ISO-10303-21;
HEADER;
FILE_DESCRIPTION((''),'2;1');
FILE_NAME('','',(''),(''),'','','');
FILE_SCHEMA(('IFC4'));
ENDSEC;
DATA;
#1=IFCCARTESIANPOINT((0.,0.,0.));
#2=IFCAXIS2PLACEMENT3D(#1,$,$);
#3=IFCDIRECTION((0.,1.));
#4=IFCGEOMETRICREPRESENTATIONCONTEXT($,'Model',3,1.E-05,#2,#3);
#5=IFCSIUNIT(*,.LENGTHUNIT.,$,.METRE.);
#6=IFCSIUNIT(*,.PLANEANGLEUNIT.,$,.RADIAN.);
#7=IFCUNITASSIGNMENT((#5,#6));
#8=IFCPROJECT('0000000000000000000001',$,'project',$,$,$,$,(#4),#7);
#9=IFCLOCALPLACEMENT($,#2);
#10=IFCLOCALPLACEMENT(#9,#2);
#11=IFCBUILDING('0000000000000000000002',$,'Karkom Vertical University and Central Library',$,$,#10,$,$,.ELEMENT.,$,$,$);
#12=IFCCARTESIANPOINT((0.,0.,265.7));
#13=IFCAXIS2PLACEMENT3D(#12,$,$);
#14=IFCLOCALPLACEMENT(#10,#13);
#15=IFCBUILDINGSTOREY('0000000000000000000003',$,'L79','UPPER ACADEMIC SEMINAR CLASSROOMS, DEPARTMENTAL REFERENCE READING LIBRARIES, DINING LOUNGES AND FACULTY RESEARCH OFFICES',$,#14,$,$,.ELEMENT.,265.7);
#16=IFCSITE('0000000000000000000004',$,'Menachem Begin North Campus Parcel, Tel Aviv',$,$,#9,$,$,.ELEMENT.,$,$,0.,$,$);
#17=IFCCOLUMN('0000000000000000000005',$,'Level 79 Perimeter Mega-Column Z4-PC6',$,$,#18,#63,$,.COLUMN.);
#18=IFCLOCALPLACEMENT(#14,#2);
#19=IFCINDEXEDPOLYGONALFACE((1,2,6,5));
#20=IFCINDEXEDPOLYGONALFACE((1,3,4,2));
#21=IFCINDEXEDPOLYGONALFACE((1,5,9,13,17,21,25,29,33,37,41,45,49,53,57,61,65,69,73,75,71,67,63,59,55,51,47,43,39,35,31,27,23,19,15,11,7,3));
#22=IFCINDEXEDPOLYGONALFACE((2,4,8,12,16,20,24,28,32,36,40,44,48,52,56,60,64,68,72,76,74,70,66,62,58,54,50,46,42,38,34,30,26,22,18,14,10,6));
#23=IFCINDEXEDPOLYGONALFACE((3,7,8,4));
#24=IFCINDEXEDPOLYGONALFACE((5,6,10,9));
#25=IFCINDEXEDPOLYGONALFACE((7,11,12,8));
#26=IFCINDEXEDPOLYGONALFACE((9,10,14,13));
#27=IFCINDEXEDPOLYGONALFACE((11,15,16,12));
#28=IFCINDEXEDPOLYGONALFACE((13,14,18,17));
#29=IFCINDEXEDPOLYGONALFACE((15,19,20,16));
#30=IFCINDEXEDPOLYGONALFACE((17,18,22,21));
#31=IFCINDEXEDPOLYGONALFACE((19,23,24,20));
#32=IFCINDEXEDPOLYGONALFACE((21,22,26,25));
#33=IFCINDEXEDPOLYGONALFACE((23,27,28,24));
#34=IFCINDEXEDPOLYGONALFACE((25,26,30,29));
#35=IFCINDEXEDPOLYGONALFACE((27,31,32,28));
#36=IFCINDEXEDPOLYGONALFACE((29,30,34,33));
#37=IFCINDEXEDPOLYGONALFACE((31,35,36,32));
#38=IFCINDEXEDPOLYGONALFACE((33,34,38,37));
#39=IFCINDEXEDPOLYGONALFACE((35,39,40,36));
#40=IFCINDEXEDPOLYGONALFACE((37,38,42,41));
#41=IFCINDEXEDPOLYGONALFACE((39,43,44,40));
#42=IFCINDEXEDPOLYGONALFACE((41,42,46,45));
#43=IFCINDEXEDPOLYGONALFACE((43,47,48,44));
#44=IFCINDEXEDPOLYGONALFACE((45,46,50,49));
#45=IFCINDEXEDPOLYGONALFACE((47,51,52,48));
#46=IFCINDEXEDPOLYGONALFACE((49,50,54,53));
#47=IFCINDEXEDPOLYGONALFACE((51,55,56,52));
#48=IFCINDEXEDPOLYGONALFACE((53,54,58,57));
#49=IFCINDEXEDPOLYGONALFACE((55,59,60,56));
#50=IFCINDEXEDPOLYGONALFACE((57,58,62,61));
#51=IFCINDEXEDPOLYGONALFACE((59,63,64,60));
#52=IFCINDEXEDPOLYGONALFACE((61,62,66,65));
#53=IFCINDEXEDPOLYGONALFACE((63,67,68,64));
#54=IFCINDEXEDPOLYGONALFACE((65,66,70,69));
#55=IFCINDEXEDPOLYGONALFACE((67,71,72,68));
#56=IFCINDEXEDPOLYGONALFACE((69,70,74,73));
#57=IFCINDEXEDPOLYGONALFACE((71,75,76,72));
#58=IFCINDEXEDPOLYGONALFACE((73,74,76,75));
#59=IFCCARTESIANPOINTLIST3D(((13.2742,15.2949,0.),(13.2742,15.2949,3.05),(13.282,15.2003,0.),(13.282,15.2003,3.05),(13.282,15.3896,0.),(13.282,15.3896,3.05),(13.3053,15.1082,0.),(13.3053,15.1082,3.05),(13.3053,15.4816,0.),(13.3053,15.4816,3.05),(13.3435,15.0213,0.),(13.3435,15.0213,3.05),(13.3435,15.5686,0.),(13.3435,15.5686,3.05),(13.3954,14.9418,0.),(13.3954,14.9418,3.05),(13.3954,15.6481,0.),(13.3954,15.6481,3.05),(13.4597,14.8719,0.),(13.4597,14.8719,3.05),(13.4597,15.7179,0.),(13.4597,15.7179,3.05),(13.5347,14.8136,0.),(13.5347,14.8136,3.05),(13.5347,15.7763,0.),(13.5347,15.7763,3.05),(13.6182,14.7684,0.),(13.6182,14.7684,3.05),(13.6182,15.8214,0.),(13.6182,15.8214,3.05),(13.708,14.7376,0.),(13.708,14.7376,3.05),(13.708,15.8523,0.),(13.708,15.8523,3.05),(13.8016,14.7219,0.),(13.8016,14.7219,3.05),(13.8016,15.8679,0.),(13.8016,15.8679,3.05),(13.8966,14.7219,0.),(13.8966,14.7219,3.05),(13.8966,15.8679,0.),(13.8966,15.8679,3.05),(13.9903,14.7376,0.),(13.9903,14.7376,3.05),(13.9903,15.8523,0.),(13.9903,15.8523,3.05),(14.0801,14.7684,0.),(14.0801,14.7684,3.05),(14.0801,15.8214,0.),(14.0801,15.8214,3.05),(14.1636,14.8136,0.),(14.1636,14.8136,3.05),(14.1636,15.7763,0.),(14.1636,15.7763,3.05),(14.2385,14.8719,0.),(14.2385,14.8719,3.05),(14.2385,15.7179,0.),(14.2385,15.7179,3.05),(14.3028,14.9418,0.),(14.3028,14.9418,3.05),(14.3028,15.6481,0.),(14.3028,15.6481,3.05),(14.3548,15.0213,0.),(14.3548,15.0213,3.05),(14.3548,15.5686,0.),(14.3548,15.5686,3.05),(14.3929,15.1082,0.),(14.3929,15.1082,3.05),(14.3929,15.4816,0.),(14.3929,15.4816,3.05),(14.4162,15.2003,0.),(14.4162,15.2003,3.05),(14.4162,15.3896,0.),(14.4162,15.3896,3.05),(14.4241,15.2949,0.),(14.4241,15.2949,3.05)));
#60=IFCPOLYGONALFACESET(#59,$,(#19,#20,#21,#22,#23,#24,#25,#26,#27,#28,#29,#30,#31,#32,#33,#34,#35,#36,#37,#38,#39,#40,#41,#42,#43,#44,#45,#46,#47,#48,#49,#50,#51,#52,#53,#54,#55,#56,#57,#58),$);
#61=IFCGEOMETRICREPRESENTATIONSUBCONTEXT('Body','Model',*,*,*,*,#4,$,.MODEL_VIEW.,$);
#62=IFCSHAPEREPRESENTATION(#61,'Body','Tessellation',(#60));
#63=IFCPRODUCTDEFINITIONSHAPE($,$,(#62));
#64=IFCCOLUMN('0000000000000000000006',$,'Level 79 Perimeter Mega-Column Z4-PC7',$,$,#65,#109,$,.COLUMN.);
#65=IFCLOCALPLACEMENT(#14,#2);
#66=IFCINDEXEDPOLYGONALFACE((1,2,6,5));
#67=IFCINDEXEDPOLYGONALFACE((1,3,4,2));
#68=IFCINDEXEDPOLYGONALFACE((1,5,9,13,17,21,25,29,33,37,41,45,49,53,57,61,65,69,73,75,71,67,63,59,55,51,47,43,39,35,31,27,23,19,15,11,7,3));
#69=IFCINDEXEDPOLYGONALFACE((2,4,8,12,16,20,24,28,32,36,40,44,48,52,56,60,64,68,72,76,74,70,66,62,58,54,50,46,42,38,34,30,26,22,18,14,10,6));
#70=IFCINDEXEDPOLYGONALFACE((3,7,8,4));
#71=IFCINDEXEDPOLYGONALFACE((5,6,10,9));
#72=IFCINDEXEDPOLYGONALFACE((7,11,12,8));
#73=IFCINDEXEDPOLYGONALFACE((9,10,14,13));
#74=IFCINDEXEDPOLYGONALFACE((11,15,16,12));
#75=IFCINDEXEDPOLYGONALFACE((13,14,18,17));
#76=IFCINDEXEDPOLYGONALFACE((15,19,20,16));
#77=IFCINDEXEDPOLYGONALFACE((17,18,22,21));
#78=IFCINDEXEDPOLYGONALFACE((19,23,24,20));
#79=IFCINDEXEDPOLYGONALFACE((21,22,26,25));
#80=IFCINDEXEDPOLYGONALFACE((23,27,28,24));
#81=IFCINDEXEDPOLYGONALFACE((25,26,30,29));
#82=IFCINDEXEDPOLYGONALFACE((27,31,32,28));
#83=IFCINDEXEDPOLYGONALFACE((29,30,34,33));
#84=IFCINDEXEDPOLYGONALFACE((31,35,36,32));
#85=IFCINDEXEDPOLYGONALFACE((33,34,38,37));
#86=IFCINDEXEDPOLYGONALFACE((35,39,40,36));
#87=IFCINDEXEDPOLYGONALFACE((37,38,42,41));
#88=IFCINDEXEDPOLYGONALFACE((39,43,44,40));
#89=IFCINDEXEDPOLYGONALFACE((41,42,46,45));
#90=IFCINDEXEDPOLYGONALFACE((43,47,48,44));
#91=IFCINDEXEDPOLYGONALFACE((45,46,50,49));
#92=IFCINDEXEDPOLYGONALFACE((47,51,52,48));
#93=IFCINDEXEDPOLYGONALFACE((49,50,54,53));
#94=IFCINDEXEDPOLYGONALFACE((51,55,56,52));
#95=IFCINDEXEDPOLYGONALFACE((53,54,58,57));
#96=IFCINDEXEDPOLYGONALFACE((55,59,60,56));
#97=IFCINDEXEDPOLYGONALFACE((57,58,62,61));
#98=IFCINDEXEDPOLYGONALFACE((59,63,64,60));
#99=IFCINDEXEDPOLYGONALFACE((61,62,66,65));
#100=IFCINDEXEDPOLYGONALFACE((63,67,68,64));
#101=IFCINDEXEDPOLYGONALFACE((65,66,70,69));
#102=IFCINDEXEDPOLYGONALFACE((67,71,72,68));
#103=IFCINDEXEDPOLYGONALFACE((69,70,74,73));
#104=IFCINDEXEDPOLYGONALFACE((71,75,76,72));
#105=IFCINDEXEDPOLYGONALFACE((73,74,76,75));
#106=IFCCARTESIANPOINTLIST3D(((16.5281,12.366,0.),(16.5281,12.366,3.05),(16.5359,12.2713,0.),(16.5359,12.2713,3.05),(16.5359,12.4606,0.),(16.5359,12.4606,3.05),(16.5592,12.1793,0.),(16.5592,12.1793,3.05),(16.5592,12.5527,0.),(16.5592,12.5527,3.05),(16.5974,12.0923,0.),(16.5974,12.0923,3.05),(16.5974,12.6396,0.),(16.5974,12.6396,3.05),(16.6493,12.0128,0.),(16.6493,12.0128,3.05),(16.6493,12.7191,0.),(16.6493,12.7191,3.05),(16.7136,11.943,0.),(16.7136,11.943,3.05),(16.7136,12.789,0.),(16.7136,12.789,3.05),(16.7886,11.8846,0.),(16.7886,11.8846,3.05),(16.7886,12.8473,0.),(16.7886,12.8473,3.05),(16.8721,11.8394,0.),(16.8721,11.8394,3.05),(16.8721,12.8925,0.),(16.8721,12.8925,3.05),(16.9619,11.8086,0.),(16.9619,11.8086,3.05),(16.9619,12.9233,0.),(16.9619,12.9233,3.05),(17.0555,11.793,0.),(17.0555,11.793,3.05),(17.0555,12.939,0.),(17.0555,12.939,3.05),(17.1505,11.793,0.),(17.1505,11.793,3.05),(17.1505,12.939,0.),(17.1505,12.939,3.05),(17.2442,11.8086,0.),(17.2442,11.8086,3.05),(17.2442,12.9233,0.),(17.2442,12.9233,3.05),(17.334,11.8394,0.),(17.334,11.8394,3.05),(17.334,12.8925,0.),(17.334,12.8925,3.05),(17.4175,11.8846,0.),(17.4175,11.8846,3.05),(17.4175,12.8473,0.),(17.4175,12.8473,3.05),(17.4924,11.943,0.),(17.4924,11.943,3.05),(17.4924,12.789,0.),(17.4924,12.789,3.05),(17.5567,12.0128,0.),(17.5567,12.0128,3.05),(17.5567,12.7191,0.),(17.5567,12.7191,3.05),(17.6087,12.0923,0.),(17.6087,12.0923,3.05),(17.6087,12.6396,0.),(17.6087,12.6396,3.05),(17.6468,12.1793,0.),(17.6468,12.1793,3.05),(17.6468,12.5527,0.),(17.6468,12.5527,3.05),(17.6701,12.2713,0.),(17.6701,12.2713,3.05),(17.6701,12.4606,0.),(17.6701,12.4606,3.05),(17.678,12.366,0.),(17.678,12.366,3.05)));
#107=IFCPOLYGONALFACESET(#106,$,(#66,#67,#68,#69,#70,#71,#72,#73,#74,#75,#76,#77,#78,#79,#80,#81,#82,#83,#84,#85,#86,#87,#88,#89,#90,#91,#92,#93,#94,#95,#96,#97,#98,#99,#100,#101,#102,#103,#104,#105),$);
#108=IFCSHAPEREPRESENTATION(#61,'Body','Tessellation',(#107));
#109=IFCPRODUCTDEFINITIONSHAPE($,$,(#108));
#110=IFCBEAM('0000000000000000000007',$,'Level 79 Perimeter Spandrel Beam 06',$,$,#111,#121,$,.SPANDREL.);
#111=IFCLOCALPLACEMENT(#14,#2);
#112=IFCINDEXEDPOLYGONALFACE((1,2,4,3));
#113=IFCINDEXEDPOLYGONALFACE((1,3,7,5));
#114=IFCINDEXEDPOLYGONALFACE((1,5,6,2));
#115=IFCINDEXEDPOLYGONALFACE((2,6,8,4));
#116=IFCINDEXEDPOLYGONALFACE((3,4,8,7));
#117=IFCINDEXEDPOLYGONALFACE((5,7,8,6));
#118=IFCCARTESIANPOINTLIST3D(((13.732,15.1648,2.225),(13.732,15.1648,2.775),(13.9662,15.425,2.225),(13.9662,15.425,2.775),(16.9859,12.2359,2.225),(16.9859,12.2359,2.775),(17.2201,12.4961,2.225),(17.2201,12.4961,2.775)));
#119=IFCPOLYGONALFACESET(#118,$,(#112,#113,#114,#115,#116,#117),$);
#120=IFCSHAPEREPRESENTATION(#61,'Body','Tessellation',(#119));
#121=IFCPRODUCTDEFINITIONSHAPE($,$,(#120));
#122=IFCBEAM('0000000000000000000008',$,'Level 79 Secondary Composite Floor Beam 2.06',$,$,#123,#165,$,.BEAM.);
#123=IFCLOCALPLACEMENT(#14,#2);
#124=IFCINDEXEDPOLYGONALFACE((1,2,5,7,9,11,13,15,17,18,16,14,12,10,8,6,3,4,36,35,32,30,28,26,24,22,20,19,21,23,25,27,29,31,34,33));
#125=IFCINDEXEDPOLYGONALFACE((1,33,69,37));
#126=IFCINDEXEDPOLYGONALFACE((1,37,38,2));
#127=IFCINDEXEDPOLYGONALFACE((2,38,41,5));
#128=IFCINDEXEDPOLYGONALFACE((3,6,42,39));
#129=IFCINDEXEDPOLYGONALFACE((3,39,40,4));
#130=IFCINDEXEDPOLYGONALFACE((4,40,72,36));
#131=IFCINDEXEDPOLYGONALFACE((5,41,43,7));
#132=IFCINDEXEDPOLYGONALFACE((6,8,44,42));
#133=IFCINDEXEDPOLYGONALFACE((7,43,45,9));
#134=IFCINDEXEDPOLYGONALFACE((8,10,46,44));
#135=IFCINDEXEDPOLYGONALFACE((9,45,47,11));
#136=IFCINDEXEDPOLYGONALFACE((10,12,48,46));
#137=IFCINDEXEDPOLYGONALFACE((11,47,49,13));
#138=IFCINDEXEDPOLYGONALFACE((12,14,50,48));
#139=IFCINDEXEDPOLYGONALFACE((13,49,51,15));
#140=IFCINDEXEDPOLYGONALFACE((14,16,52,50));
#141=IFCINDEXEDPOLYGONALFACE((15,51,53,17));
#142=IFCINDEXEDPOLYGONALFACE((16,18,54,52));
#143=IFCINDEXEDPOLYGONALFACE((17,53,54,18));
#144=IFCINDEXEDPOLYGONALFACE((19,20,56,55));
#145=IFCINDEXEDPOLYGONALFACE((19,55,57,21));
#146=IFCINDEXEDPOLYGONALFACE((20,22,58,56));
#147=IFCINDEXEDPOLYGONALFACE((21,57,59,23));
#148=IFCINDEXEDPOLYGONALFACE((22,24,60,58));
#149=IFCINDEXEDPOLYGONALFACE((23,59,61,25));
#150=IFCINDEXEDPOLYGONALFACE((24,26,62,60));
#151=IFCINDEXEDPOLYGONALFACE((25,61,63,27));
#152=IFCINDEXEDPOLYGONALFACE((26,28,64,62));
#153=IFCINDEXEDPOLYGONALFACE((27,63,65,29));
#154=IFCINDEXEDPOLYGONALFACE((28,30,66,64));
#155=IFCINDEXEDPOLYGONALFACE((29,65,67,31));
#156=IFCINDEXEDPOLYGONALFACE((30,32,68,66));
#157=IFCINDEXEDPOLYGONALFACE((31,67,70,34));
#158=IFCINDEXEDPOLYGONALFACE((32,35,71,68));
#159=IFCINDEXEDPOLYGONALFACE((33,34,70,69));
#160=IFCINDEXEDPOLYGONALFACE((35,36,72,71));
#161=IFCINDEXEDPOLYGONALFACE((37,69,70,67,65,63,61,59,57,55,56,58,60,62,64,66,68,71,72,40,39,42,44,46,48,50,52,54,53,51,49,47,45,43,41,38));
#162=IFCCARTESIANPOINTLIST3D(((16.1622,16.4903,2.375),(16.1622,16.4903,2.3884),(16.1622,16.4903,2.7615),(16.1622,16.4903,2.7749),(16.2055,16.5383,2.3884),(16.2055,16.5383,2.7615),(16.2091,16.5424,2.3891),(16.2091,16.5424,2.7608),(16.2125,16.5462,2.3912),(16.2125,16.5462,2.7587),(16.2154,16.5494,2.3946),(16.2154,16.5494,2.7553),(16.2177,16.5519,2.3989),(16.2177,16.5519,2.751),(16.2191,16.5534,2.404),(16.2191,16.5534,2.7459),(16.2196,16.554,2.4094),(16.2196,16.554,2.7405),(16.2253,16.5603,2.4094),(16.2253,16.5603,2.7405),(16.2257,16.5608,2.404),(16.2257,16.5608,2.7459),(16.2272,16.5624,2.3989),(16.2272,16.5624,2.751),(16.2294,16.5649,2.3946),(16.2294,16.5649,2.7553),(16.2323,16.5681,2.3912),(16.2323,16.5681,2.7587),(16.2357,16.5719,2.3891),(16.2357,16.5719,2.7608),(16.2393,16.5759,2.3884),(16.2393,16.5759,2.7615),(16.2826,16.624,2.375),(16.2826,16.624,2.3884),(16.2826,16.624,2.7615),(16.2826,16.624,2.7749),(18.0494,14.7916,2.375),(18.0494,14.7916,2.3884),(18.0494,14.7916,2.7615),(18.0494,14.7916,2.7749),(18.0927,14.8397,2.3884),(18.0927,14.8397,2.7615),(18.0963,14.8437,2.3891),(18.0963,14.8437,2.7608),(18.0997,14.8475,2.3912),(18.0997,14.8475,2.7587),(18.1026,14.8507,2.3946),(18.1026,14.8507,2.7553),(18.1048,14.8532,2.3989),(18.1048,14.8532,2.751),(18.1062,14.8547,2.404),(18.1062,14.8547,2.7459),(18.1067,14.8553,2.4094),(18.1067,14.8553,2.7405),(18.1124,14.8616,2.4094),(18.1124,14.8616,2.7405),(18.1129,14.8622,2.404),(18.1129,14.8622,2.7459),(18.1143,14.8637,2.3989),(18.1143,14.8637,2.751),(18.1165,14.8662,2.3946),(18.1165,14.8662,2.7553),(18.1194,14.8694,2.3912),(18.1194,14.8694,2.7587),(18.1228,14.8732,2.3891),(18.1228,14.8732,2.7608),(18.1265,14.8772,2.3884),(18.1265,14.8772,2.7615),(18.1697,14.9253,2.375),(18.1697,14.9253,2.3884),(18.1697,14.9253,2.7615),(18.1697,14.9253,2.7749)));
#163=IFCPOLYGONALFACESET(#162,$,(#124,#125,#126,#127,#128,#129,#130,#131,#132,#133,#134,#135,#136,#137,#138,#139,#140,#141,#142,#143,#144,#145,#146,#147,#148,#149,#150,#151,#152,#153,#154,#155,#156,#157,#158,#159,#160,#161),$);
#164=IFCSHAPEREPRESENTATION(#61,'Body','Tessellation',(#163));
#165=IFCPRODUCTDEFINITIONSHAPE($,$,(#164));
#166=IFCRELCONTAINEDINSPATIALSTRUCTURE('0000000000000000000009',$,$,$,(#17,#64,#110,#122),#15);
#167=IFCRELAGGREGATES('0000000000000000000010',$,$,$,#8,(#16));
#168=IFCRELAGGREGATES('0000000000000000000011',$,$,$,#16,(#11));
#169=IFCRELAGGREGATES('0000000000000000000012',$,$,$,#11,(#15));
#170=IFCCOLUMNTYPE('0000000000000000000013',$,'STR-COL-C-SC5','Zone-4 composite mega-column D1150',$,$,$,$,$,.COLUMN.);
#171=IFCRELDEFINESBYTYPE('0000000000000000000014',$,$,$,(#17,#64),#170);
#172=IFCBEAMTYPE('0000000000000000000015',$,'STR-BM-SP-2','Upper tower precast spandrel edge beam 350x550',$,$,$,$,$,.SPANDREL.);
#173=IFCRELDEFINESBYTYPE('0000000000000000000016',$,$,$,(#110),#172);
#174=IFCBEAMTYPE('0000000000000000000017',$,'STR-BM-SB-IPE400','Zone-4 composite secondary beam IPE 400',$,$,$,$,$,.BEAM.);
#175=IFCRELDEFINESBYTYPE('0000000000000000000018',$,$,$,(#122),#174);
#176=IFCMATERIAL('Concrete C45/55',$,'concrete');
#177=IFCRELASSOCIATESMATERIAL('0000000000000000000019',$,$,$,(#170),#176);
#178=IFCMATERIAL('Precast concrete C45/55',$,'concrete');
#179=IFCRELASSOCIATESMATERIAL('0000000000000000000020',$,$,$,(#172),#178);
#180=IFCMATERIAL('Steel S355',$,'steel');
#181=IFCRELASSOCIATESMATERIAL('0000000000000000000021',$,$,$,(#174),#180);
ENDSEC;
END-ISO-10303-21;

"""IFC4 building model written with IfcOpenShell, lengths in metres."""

from ifc_helpers import new_model, si_unit, direction, frame, origin, origin_with_axes, origin_2d, place, context, subcontext, project, spatial, rectangle, circle, i_section, extrude, source, transform, mapped, material, material_profile, profile_set, type_object, element, save


model = new_model("IFC4")

# Units and contexts
model_context = context("Model", 3, precision=1e-05, world=origin(), true_north=direction((0.0, 1.0)))
body_context = subcontext(model_context, "Body", "Model", "MODEL_VIEW")
ifc_project = project(units=[si_unit("LENGTHUNIT", "METRE"), si_unit("PLANEANGLEUNIT", "RADIAN")], contexts=[model_context])

# Site, building, storey
site_placement = place(None, origin())
site = spatial("IfcSite", under=ifc_project, at=site_placement, Name="Menachem Begin North Campus Parcel, Tel Aviv", CompositionType="ELEMENT", RefElevation=0.0)
building_placement = place(site_placement, origin())
building = spatial("IfcBuilding", under=site, at=building_placement, Name="Karkom Vertical University and Central Library", CompositionType="ELEMENT")
storey_placement = place(building_placement, frame((0.0, 0.0, 265.7)))
storey = spatial("IfcBuildingStorey", under=building, at=storey_placement, Name="L79", Description="UPPER ACADEMIC SEMINAR CLASSROOMS, DEPARTMENTAL REFERENCE READING LIBRARIES, DINING LOUNGES AND FACULTY RESEARCH OFFICES", CompositionType="ELEMENT", Elevation=265.7)

# Columns
ifc_material_1 = material(Name="Concrete C45/55", Category="concrete")
ifc_material_profile_1 = material_profile(ifc_material_1, circle(Radius=0.575, at=origin_2d()), Name="CFT-D1150")
ifc_profile_set_1 = profile_set([ifc_material_profile_1], Name="Concrete C45/55")
column_type = type_object("IfcColumnType", Name="STR-COL-C-SC5", Description="Zone-4 composite mega-column D1150", PredefinedType="COLUMN", material=ifc_profile_set_1)
shared_shape_1 = source(origin_with_axes(), body_context, "Body", "SweptSolid", [
    extrude(circle(Radius=0.575, at=origin_2d()), origin(), (0.0, 0.0, 1.0), 3.05),
])
for number, where, z_axis, x_axis, name in (
    (1, (13.8491, 15.2949, 0.0), (0.0, 0.0, 1.0), (1.0, 0.0, 0.0), "Level 79 Perimeter Mega-Column Z4-PC6"),
    (2, (17.103, 12.366, 0.0), (0.0, 0.0, 1.0), (1.0, 0.0, 0.0), "Level 79 Perimeter Mega-Column Z4-PC7"),
):
    element("IfcColumn", number, at=place(storey_placement, frame(where, z_axis=z_axis, x_axis=x_axis)), inside=storey, type_object=column_type, Name=name, PredefinedType="COLUMN", context=body_context, shape_type="MappedRepresentation", body=[
        mapped(shared_shape_1, transform((0.0, 0.0, 0.0), scale=1.0)),
    ])

# Beams
ifc_material_2 = material(Name="Precast concrete C45/55", Category="concrete")
ifc_material_profile_2 = material_profile(ifc_material_2, rectangle(XDim=0.3501, YDim=0.55, at=origin_2d()), Name="SPB-350x550")
ifc_profile_set_2 = profile_set([ifc_material_profile_2], Name="Precast concrete C45/55")
beam_type_1 = type_object("IfcBeamType", Name="STR-BM-SP-2", Description="Upper tower precast spandrel edge beam 350x550", PredefinedType="SPANDREL", material=ifc_profile_set_2)
shared_shape_2 = source(origin_with_axes(), body_context, "Body", "SweptSolid", [
    extrude(rectangle(XDim=0.3501, YDim=0.55, at=origin_2d()), origin(), (0.0, 0.0, 1.0), 4.3779),
])
beam_1_placement = place(storey_placement, frame((13.8491, 15.2949, 2.5), z_axis=(0.743244, -0.66902, 0.0), x_axis=(0.66902, 0.743244, 0.0)))
element("IfcBeam", 3, at=beam_1_placement, inside=storey, type_object=beam_type_1, Name="Level 79 Perimeter Spandrel Beam 06", PredefinedType="SPANDREL", context=body_context, shape_type="MappedRepresentation", body=[
    mapped(shared_shape_2, transform((0.0, 0.0, 0.0), scale=1.0)),
])
ifc_material_3 = material(Name="Steel S355", Category="steel")
ifc_material_profile_3 = material_profile(ifc_material_3, i_section(OverallWidth=0.1799, OverallDepth=0.3999, WebThickness=0.0085, FlangeThickness=0.0134, FilletRadius=0.021, at=origin_2d()), Name="IPE 400")
ifc_profile_set_3 = profile_set([ifc_material_profile_3], Name="Steel S355")
beam_type_2 = type_object("IfcBeamType", Name="STR-BM-SB-IPE400", Description="Zone-4 composite secondary beam IPE 400", PredefinedType="BEAM", material=ifc_profile_set_3)
shared_shape_3 = source(origin_with_axes(), body_context, "Body", "SweptSolid", [
    extrude(i_section(OverallWidth=0.1799, OverallDepth=0.3999, WebThickness=0.0085, FlangeThickness=0.0134, FilletRadius=0.021, at=origin_2d()), origin(), (0.0, 0.0, 1.0), 2.5391),
])
beam_2_placement = place(storey_placement, frame((16.2224, 16.5571, 2.575), z_axis=(0.743246, -0.669018, 0.0), x_axis=(0.669018, 0.743246, 0.0)))
element("IfcBeam", 4, at=beam_2_placement, inside=storey, type_object=beam_type_2, Name="Level 79 Secondary Composite Floor Beam 2.06", PredefinedType="BEAM", context=body_context, shape_type="MappedRepresentation", body=[
    mapped(shared_shape_3, transform((0.0, 0.0, 0.0), scale=1.0)),
])

save(model, "model.ifc")
